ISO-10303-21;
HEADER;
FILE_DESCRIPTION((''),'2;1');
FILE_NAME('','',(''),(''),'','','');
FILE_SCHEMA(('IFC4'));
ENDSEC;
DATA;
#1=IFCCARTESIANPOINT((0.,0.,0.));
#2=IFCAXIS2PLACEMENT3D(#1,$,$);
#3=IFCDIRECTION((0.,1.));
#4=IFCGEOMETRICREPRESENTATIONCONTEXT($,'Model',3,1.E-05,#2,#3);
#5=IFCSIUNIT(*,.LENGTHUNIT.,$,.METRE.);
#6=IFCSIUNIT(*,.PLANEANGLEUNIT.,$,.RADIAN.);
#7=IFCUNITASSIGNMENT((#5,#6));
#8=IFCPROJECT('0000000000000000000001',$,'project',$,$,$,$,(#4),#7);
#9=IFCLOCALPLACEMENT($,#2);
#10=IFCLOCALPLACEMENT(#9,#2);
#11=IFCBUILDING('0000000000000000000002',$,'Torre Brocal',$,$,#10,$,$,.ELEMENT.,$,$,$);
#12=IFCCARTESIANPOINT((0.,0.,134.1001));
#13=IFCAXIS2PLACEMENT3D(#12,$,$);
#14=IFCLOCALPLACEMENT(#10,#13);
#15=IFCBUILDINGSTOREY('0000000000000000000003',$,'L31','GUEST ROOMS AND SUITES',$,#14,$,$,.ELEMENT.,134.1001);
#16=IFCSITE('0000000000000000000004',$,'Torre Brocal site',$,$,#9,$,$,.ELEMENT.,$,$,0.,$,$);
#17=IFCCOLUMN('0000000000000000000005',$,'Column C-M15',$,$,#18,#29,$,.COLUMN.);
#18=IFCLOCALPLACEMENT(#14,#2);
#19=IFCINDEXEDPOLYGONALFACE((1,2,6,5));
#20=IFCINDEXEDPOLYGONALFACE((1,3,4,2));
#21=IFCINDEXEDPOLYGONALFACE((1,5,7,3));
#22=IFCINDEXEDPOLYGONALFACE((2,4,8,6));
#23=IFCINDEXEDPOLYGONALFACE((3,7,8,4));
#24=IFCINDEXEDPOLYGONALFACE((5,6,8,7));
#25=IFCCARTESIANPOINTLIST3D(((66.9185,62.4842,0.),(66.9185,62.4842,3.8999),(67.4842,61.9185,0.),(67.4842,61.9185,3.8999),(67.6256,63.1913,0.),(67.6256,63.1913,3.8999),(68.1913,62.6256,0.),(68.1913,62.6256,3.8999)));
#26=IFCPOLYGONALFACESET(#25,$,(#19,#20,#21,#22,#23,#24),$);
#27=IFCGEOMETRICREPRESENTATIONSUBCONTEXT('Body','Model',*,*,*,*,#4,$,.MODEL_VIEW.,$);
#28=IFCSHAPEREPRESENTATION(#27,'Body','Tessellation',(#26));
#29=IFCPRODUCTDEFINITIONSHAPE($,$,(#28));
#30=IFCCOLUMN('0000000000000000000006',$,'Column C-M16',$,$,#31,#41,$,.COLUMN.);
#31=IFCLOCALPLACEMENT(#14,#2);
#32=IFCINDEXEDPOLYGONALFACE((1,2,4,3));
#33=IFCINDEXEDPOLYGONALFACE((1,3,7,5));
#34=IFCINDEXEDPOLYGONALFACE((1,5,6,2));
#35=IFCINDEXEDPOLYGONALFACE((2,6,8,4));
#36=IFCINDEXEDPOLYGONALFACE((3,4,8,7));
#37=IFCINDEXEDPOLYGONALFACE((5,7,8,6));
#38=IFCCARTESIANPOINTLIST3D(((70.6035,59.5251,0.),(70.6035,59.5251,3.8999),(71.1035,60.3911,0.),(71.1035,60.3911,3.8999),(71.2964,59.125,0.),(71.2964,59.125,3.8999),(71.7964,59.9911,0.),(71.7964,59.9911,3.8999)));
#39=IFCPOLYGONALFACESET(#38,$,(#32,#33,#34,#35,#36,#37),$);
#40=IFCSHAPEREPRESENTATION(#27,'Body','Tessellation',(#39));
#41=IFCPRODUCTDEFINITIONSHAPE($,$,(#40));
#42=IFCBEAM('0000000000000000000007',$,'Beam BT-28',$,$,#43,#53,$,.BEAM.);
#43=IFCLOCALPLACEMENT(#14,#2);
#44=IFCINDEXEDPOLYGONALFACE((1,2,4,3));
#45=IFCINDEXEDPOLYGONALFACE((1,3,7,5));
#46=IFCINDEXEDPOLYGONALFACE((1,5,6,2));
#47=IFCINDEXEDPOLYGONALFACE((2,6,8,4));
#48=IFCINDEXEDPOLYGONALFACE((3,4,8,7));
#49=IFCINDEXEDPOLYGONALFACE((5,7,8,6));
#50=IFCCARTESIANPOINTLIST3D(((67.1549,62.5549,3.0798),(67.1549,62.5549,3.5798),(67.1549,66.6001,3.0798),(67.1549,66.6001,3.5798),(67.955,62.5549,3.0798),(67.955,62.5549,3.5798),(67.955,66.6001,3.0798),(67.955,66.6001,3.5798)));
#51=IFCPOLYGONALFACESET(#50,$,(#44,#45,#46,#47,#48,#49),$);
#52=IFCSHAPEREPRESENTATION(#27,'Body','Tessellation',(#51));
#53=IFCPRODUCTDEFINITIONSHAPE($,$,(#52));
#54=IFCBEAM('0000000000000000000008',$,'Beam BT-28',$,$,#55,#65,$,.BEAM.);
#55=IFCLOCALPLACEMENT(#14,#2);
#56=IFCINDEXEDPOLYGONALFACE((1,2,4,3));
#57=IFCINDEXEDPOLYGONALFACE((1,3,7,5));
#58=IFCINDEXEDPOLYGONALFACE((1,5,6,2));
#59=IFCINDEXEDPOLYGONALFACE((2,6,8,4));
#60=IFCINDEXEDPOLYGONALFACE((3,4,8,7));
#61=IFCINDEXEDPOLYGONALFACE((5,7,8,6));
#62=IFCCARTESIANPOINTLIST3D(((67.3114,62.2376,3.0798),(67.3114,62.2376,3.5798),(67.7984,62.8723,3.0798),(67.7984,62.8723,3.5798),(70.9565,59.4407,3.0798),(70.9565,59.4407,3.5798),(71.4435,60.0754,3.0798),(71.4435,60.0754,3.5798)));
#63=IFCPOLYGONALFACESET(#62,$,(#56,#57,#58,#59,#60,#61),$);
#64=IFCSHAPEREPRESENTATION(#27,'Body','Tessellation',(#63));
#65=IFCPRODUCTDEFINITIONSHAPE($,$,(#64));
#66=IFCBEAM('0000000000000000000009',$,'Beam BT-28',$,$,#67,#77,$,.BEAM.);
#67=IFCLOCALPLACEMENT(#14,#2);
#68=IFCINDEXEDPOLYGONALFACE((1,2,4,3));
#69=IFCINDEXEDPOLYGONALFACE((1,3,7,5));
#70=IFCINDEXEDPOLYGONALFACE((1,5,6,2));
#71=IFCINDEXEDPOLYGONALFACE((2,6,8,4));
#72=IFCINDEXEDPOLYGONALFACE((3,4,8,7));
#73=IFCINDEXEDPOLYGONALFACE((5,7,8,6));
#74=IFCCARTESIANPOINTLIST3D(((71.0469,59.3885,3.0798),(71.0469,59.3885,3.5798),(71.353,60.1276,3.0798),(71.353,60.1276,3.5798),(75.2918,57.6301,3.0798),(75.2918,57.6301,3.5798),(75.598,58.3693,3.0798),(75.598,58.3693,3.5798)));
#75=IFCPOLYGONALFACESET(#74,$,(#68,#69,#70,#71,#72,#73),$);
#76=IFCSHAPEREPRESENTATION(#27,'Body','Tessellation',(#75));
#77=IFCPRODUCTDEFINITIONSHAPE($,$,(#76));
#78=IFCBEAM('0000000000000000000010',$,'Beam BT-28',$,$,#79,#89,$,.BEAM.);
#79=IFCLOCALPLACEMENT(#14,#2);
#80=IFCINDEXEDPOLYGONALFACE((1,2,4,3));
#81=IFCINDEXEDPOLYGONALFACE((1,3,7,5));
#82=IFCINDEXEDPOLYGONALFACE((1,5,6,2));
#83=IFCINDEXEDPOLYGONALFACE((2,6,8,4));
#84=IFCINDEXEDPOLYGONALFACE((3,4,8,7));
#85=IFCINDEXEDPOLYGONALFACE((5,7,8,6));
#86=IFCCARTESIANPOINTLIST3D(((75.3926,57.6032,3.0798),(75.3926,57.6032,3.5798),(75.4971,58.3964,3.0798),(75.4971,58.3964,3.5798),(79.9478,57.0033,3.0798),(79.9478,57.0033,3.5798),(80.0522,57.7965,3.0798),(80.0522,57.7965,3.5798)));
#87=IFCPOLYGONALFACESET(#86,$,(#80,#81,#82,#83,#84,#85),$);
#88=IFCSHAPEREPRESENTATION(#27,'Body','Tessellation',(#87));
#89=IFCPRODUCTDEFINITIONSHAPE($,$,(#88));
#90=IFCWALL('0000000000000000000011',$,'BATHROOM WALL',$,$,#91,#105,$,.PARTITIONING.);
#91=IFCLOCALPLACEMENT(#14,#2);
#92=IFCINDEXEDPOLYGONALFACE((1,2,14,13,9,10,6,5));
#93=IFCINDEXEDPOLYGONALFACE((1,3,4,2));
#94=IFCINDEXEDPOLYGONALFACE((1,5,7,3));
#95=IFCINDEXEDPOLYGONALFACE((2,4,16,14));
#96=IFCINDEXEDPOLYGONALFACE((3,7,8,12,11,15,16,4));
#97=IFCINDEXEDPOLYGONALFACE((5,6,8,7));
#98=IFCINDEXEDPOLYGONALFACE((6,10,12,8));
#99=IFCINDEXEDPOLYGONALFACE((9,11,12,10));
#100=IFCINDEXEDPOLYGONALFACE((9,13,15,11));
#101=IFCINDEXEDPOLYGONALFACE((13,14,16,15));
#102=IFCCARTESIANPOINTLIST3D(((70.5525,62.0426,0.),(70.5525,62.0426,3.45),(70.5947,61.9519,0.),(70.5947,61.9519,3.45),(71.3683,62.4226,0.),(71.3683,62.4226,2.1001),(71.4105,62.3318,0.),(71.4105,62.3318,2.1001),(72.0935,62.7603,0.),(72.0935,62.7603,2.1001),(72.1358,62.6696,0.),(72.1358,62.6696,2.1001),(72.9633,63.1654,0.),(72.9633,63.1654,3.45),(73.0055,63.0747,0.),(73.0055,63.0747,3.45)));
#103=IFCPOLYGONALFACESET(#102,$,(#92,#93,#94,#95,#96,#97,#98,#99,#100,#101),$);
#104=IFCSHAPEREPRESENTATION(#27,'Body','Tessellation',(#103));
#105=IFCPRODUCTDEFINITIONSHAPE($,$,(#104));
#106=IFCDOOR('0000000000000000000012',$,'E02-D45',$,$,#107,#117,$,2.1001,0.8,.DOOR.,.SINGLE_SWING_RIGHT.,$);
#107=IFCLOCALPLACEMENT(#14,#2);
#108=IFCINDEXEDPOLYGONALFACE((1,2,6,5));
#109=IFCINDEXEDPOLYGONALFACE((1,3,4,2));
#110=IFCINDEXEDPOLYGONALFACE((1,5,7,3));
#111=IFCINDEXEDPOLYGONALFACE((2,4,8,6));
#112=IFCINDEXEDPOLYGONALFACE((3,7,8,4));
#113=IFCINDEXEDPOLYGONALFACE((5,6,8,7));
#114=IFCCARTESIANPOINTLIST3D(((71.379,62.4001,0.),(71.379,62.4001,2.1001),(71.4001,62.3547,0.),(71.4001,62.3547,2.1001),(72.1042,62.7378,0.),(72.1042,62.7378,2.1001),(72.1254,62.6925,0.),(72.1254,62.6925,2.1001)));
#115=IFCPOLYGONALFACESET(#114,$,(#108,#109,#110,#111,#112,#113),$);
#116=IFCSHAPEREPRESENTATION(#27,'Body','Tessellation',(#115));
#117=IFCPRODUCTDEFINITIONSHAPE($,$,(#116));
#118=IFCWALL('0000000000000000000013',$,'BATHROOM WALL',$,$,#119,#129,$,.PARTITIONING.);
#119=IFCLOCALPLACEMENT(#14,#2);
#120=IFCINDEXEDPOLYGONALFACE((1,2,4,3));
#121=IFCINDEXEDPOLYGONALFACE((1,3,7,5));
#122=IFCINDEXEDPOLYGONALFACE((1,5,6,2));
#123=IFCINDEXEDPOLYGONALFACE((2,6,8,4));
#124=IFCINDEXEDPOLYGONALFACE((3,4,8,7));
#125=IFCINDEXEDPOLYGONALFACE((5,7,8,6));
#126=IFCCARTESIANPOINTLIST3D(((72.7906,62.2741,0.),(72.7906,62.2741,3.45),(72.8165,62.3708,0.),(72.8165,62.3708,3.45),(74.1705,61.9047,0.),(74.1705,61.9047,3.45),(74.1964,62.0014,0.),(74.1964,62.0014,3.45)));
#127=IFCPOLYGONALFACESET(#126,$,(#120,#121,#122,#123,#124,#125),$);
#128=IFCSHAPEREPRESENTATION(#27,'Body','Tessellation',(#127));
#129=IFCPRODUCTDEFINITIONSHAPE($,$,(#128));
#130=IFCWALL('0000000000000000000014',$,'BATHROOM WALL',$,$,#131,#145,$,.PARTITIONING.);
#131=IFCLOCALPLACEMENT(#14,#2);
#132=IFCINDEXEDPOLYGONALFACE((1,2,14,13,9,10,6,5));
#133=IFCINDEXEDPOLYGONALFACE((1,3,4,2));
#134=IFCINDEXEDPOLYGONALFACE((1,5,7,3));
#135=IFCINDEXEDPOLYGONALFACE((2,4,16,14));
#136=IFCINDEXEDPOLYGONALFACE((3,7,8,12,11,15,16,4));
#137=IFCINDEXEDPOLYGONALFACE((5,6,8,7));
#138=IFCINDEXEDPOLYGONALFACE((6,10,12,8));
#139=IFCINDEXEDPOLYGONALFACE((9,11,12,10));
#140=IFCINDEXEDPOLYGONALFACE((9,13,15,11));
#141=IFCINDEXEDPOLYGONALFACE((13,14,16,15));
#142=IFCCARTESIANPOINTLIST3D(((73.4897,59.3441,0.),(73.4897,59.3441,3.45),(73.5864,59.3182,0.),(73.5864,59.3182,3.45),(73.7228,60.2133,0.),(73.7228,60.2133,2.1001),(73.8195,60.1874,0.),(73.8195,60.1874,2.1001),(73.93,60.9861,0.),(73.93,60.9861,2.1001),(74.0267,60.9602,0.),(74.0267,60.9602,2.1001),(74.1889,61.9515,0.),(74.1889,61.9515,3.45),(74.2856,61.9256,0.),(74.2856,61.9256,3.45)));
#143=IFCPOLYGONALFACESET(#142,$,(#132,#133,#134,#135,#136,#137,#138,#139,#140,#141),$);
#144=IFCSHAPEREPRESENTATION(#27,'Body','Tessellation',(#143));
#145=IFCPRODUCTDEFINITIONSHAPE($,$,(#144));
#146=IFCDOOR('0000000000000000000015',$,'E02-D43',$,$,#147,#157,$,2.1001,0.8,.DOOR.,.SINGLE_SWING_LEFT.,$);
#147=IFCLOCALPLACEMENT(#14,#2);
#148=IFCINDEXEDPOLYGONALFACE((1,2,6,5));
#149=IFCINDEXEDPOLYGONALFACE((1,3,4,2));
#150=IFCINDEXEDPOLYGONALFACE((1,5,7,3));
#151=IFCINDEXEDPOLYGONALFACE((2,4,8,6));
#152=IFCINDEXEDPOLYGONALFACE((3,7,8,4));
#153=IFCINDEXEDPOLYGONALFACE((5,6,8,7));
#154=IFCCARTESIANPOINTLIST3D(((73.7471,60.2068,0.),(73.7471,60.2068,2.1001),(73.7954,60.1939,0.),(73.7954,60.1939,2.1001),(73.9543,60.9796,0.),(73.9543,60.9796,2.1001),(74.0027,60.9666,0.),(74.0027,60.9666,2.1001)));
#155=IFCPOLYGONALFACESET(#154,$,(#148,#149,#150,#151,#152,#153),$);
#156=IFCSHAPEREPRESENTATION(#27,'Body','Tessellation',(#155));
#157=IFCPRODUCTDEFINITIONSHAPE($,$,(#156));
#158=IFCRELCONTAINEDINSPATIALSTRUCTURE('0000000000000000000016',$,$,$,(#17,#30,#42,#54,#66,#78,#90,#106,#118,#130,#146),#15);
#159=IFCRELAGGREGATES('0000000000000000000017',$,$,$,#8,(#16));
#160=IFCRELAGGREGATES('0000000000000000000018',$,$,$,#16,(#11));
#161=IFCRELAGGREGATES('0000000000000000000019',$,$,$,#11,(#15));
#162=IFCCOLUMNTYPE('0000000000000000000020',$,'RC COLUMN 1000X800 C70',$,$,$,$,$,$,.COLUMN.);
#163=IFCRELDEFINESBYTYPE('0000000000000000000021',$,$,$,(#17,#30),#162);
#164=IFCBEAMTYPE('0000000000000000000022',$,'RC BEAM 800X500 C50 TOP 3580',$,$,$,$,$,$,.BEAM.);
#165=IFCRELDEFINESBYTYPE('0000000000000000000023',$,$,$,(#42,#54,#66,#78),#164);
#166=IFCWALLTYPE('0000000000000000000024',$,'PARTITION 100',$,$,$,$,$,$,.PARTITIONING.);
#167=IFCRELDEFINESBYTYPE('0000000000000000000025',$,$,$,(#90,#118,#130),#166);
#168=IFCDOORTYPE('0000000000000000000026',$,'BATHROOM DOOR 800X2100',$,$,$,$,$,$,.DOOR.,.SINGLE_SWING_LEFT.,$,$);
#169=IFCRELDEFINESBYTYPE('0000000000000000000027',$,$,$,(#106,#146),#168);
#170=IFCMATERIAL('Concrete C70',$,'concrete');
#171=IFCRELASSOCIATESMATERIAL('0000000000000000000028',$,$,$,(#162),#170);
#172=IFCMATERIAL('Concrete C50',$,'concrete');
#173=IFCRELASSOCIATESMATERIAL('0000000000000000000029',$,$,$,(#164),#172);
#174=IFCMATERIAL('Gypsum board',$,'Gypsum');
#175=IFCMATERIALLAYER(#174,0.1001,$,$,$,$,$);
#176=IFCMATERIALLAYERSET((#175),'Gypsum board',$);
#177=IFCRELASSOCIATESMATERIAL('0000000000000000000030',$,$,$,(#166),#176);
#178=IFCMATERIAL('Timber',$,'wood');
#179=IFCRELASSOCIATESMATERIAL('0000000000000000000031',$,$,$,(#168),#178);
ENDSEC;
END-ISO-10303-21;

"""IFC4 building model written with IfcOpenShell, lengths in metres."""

from ifc_helpers import new_model, si_unit, direction, frame, frame_2d, origin, origin_2d, place, context, subcontext, project, spatial, rectangle, extrude, material, layer, layer_set, material_profile, profile_set, type_object, element, fill, save


model = new_model("IFC4")

# Units and contexts
model_context = context("Model", 3, precision=1e-05, world=origin(), true_north=direction((0.0, 1.0)))
body_context = subcontext(model_context, "Body", "Model", "MODEL_VIEW")
ifc_project = project(units=[si_unit("LENGTHUNIT", "METRE"), si_unit("PLANEANGLEUNIT", "RADIAN")], contexts=[model_context])

# Site, building, storey
site_placement = place(None, origin())
site = spatial("IfcSite", under=ifc_project, at=site_placement, Name="Torre Brocal site", CompositionType="ELEMENT", RefElevation=0.0)
building_placement = place(site_placement, origin())
building = spatial("IfcBuilding", under=site, at=building_placement, Name="Torre Brocal", CompositionType="ELEMENT")
storey_placement = place(building_placement, frame((0.0, 0.0, 134.1001)))
storey = spatial("IfcBuildingStorey", under=building, at=storey_placement, Name="L31", Description="GUEST ROOMS AND SUITES", CompositionType="ELEMENT", Elevation=134.1001)

# Columns
ifc_material_1 = material(Name="Concrete C70", Category="concrete")
ifc_material_profile_1 = material_profile(ifc_material_1, rectangle(XDim=1.0, YDim=0.8, at=origin_2d()), Name="RC 1000X800")
ifc_profile_set_1 = profile_set([ifc_material_profile_1], Name="Concrete C70")
column_type = type_object("IfcColumnType", Name="RC COLUMN 1000X800 C70", PredefinedType="COLUMN", material=ifc_profile_set_1)
for number, where, z_axis, x_axis, name in (
    (1, (67.5549, 62.5549, 0.0), (0.0, 0.0, 1.0), (-0.707107, -0.707107, 0.0), "Column C-M15"),
    (2, (71.2, 59.7581, 0.0), (0.0, 0.0, 1.0), (-0.5, -0.866025, 0.0), "Column C-M16"),
):
    element("IfcColumn", number, at=place(storey_placement, frame(where, z_axis=z_axis, x_axis=x_axis)), inside=storey, type_object=column_type, Name=name, PredefinedType="COLUMN", context=body_context, shape_type="SweptSolid", body=[
        extrude(rectangle(XDim=1.0, YDim=0.8, at=origin_2d()), origin(), (0.0, 0.0, 1.0), 3.8999),
    ])

# Beams
ifc_material_2 = material(Name="Concrete C50", Category="concrete")
ifc_material_profile_2 = material_profile(ifc_material_2, rectangle(XDim=0.8, YDim=0.5, at=origin_2d()), Name="RC 800X500")
ifc_profile_set_2 = profile_set([ifc_material_profile_2], Name="Concrete C50")
beam_type = type_object("IfcBeamType", Name="RC BEAM 800X500 C50 TOP 3580", PredefinedType="BEAM", material=ifc_profile_set_2)
beam_1_placement = place(storey_placement, frame((67.5549, 62.5549, 3.3298), z_axis=(0.0, 1.0, 0.0), x_axis=(-1.0, 0.0, 0.0)))
element("IfcBeam", 3, at=beam_1_placement, inside=storey, type_object=beam_type, Name="Beam BT-28", PredefinedType="BEAM", context=body_context, shape_type="SweptSolid", body=[
    extrude(rectangle(XDim=0.8, YDim=0.5, at=origin_2d()), origin(), (0.0, 0.0, 1.0), 4.0452),
])
beam_2_placement = place(storey_placement, frame((67.5549, 62.5549, 3.3298), z_axis=(0.793358, -0.608755, 0.0), x_axis=(0.608755, 0.793358, 0.0)))
element("IfcBeam", 4, at=beam_2_placement, inside=storey, type_object=beam_type, Name="Beam BT-28", PredefinedType="BEAM", context=body_context, shape_type="SweptSolid", body=[
    extrude(rectangle(XDim=0.8, YDim=0.5, at=origin_2d()), origin(), (0.0, 0.0, 1.0), 4.5945),
])
beam_3_placement = place(storey_placement, frame((71.2, 59.7581, 3.3298), z_axis=(0.923878, -0.382687, 0.0), x_axis=(0.382687, 0.923878, 0.0)))
element("IfcBeam", 5, at=beam_3_placement, inside=storey, type_object=beam_type, Name="Beam BT-28", PredefinedType="BEAM", context=body_context, shape_type="SweptSolid", body=[
    extrude(rectangle(XDim=0.8, YDim=0.5, at=origin_2d()), origin(), (0.0, 0.0, 1.0), 4.5947),
])
beam_4_placement = place(storey_placement, frame((75.4448, 57.9998, 3.3298), z_axis=(0.991441, -0.130559, 0.0), x_axis=(0.130559, 0.991441, 0.0)))
element("IfcBeam", 6, at=beam_4_placement, inside=storey, type_object=beam_type, Name="Beam BT-28", PredefinedType="BEAM", context=body_context, shape_type="SweptSolid", body=[
    extrude(rectangle(XDim=0.8, YDim=0.5, at=origin_2d()), origin(), (0.0, 0.0, 1.0), 4.5945),
])

# Wall, opening, door
ifc_material_3 = material(Name="Gypsum board", Category="Gypsum")
ifc_layer_1 = layer(ifc_material_3, 0.1001)
ifc_layer_set_1 = layer_set([ifc_layer_1], Name="Gypsum board")
wall_type_1 = type_object("IfcWallType", Name="PARTITION 100", PredefinedType="PARTITIONING", material=ifc_layer_set_1)
wall_1_placement = place(storey_placement, frame((70.5737, 61.9973, 0.0), z_axis=(0.0, 0.0, 1.0), x_axis=(0.906511, 0.422182, 0.0)))
wall_1 = element("IfcWall", 7, at=wall_1_placement, inside=storey, type_object=wall_type_1, Name="BATHROOM WALL", PredefinedType="PARTITIONING", context=body_context, shape_type="SweptSolid", body=[
    extrude(rectangle(XDim=2.6594, YDim=0.1001, at=frame_2d((1.3296, 0.0))), origin(), (0.0, 0.0, 1.0), 3.45),
])
opening_1_placement = place(wall_1_placement, frame((0.8999, 0.0, 0.0)))
opening_1 = element("IfcOpeningElement", 8, at=opening_1_placement, cuts=wall_1, PredefinedType="OPENING", context=body_context, shape_type="SweptSolid", body=[
    extrude(rectangle(XDim=0.8, YDim=2.1001, at=frame_2d((0.3999, 1.05))), frame((0.0, 0.0601, 0.0), z_axis=(0.0, -1.0, 0.0), x_axis=(1.0, 0.0, 0.0)), (0.0, 0.0, 1.0), 0.1201),
])
ifc_material_4 = material(Name="Timber", Category="wood")
door_type_1 = type_object("IfcDoorType", Name="BATHROOM DOOR 800X2100", OperationType="SINGLE_SWING_LEFT", PredefinedType="DOOR", material=ifc_material_4)
door_1_placement = place(opening_1_placement, frame((0.8, 0.0, 0.0), z_axis=(0.0, 0.0, 1.0), x_axis=(-1.0, 0.0, 0.0)))
door_1 = element("IfcDoor", 9, at=door_1_placement, inside=storey, type_object=door_type_1, Name="E02-D45", OperationType="SINGLE_SWING_RIGHT", OverallHeight=2.1001, OverallWidth=0.8, PredefinedType="DOOR", context=body_context, shape_type="SweptSolid", body=[
    extrude(rectangle(XDim=0.8, YDim=2.1001, at=frame_2d((0.3999, 1.05))), frame((0.0, 0.0249, 0.0), z_axis=(0.0, -1.0, 0.0), x_axis=(1.0, 0.0, 0.0)), (0.0, 0.0, 1.0), 0.05),
])
fill(opening_1, door_1)

# Wall
wall_2_placement = place(storey_placement, frame((72.8035, 62.3225, 0.0), z_axis=(0.0, 0.0, 1.0), x_axis=(0.965988, -0.258588, 0.0)))
element("IfcWall", 10, at=wall_2_placement, inside=storey, type_object=wall_type_1, Name="BATHROOM WALL", PredefinedType="PARTITIONING", context=body_context, shape_type="SweptSolid", body=[
    extrude(rectangle(XDim=1.4285, YDim=0.1001, at=frame_2d((0.7144, 0.0))), origin(), (0.0, 0.0, 1.0), 3.45),
])

# Wall, opening, door
wall_3_placement = place(storey_placement, frame((73.5381, 59.3313, 0.0), z_axis=(0.0, 0.0, 1.0), x_axis=(0.259013, 0.965874, 0.0)))
wall_3 = element("IfcWall", 11, at=wall_3_placement, inside=storey, type_object=wall_type_1, Name="BATHROOM WALL", PredefinedType="PARTITIONING", context=body_context, shape_type="SweptSolid", body=[
    extrude(rectangle(XDim=2.6995, YDim=0.1001, at=frame_2d((1.3496, 0.0))), origin(), (0.0, 0.0, 1.0), 3.45),
])
opening_2_placement = place(wall_3_placement, frame((0.8999, 0.0, 0.0)))
opening_2 = element("IfcOpeningElement", 12, at=opening_2_placement, cuts=wall_3, PredefinedType="OPENING", context=body_context, shape_type="SweptSolid", body=[
    extrude(rectangle(XDim=0.8, YDim=2.1001, at=frame_2d((0.3999, 1.05))), frame((0.0, 0.0601, 0.0), z_axis=(0.0, -1.0, 0.0), x_axis=(1.0, 0.0, 0.0)), (0.0, 0.0, 1.0), 0.1201),
])
door_2_placement = place(opening_2_placement, origin())
door_2 = element("IfcDoor", 13, at=door_2_placement, inside=storey, type_object=door_type_1, Name="E02-D43", OperationType="SINGLE_SWING_LEFT", OverallHeight=2.1001, OverallWidth=0.8, PredefinedType="DOOR", context=body_context, shape_type="SweptSolid", body=[
    extrude(rectangle(XDim=0.8, YDim=2.1001, at=frame_2d((0.3999, 1.05))), frame((0.0, 0.0249, 0.0), z_axis=(0.0, -1.0, 0.0), x_axis=(1.0, 0.0, 0.0)), (0.0, 0.0, 1.0), 0.05),
])
fill(opening_2, door_2)

save(model, "model.ifc")
